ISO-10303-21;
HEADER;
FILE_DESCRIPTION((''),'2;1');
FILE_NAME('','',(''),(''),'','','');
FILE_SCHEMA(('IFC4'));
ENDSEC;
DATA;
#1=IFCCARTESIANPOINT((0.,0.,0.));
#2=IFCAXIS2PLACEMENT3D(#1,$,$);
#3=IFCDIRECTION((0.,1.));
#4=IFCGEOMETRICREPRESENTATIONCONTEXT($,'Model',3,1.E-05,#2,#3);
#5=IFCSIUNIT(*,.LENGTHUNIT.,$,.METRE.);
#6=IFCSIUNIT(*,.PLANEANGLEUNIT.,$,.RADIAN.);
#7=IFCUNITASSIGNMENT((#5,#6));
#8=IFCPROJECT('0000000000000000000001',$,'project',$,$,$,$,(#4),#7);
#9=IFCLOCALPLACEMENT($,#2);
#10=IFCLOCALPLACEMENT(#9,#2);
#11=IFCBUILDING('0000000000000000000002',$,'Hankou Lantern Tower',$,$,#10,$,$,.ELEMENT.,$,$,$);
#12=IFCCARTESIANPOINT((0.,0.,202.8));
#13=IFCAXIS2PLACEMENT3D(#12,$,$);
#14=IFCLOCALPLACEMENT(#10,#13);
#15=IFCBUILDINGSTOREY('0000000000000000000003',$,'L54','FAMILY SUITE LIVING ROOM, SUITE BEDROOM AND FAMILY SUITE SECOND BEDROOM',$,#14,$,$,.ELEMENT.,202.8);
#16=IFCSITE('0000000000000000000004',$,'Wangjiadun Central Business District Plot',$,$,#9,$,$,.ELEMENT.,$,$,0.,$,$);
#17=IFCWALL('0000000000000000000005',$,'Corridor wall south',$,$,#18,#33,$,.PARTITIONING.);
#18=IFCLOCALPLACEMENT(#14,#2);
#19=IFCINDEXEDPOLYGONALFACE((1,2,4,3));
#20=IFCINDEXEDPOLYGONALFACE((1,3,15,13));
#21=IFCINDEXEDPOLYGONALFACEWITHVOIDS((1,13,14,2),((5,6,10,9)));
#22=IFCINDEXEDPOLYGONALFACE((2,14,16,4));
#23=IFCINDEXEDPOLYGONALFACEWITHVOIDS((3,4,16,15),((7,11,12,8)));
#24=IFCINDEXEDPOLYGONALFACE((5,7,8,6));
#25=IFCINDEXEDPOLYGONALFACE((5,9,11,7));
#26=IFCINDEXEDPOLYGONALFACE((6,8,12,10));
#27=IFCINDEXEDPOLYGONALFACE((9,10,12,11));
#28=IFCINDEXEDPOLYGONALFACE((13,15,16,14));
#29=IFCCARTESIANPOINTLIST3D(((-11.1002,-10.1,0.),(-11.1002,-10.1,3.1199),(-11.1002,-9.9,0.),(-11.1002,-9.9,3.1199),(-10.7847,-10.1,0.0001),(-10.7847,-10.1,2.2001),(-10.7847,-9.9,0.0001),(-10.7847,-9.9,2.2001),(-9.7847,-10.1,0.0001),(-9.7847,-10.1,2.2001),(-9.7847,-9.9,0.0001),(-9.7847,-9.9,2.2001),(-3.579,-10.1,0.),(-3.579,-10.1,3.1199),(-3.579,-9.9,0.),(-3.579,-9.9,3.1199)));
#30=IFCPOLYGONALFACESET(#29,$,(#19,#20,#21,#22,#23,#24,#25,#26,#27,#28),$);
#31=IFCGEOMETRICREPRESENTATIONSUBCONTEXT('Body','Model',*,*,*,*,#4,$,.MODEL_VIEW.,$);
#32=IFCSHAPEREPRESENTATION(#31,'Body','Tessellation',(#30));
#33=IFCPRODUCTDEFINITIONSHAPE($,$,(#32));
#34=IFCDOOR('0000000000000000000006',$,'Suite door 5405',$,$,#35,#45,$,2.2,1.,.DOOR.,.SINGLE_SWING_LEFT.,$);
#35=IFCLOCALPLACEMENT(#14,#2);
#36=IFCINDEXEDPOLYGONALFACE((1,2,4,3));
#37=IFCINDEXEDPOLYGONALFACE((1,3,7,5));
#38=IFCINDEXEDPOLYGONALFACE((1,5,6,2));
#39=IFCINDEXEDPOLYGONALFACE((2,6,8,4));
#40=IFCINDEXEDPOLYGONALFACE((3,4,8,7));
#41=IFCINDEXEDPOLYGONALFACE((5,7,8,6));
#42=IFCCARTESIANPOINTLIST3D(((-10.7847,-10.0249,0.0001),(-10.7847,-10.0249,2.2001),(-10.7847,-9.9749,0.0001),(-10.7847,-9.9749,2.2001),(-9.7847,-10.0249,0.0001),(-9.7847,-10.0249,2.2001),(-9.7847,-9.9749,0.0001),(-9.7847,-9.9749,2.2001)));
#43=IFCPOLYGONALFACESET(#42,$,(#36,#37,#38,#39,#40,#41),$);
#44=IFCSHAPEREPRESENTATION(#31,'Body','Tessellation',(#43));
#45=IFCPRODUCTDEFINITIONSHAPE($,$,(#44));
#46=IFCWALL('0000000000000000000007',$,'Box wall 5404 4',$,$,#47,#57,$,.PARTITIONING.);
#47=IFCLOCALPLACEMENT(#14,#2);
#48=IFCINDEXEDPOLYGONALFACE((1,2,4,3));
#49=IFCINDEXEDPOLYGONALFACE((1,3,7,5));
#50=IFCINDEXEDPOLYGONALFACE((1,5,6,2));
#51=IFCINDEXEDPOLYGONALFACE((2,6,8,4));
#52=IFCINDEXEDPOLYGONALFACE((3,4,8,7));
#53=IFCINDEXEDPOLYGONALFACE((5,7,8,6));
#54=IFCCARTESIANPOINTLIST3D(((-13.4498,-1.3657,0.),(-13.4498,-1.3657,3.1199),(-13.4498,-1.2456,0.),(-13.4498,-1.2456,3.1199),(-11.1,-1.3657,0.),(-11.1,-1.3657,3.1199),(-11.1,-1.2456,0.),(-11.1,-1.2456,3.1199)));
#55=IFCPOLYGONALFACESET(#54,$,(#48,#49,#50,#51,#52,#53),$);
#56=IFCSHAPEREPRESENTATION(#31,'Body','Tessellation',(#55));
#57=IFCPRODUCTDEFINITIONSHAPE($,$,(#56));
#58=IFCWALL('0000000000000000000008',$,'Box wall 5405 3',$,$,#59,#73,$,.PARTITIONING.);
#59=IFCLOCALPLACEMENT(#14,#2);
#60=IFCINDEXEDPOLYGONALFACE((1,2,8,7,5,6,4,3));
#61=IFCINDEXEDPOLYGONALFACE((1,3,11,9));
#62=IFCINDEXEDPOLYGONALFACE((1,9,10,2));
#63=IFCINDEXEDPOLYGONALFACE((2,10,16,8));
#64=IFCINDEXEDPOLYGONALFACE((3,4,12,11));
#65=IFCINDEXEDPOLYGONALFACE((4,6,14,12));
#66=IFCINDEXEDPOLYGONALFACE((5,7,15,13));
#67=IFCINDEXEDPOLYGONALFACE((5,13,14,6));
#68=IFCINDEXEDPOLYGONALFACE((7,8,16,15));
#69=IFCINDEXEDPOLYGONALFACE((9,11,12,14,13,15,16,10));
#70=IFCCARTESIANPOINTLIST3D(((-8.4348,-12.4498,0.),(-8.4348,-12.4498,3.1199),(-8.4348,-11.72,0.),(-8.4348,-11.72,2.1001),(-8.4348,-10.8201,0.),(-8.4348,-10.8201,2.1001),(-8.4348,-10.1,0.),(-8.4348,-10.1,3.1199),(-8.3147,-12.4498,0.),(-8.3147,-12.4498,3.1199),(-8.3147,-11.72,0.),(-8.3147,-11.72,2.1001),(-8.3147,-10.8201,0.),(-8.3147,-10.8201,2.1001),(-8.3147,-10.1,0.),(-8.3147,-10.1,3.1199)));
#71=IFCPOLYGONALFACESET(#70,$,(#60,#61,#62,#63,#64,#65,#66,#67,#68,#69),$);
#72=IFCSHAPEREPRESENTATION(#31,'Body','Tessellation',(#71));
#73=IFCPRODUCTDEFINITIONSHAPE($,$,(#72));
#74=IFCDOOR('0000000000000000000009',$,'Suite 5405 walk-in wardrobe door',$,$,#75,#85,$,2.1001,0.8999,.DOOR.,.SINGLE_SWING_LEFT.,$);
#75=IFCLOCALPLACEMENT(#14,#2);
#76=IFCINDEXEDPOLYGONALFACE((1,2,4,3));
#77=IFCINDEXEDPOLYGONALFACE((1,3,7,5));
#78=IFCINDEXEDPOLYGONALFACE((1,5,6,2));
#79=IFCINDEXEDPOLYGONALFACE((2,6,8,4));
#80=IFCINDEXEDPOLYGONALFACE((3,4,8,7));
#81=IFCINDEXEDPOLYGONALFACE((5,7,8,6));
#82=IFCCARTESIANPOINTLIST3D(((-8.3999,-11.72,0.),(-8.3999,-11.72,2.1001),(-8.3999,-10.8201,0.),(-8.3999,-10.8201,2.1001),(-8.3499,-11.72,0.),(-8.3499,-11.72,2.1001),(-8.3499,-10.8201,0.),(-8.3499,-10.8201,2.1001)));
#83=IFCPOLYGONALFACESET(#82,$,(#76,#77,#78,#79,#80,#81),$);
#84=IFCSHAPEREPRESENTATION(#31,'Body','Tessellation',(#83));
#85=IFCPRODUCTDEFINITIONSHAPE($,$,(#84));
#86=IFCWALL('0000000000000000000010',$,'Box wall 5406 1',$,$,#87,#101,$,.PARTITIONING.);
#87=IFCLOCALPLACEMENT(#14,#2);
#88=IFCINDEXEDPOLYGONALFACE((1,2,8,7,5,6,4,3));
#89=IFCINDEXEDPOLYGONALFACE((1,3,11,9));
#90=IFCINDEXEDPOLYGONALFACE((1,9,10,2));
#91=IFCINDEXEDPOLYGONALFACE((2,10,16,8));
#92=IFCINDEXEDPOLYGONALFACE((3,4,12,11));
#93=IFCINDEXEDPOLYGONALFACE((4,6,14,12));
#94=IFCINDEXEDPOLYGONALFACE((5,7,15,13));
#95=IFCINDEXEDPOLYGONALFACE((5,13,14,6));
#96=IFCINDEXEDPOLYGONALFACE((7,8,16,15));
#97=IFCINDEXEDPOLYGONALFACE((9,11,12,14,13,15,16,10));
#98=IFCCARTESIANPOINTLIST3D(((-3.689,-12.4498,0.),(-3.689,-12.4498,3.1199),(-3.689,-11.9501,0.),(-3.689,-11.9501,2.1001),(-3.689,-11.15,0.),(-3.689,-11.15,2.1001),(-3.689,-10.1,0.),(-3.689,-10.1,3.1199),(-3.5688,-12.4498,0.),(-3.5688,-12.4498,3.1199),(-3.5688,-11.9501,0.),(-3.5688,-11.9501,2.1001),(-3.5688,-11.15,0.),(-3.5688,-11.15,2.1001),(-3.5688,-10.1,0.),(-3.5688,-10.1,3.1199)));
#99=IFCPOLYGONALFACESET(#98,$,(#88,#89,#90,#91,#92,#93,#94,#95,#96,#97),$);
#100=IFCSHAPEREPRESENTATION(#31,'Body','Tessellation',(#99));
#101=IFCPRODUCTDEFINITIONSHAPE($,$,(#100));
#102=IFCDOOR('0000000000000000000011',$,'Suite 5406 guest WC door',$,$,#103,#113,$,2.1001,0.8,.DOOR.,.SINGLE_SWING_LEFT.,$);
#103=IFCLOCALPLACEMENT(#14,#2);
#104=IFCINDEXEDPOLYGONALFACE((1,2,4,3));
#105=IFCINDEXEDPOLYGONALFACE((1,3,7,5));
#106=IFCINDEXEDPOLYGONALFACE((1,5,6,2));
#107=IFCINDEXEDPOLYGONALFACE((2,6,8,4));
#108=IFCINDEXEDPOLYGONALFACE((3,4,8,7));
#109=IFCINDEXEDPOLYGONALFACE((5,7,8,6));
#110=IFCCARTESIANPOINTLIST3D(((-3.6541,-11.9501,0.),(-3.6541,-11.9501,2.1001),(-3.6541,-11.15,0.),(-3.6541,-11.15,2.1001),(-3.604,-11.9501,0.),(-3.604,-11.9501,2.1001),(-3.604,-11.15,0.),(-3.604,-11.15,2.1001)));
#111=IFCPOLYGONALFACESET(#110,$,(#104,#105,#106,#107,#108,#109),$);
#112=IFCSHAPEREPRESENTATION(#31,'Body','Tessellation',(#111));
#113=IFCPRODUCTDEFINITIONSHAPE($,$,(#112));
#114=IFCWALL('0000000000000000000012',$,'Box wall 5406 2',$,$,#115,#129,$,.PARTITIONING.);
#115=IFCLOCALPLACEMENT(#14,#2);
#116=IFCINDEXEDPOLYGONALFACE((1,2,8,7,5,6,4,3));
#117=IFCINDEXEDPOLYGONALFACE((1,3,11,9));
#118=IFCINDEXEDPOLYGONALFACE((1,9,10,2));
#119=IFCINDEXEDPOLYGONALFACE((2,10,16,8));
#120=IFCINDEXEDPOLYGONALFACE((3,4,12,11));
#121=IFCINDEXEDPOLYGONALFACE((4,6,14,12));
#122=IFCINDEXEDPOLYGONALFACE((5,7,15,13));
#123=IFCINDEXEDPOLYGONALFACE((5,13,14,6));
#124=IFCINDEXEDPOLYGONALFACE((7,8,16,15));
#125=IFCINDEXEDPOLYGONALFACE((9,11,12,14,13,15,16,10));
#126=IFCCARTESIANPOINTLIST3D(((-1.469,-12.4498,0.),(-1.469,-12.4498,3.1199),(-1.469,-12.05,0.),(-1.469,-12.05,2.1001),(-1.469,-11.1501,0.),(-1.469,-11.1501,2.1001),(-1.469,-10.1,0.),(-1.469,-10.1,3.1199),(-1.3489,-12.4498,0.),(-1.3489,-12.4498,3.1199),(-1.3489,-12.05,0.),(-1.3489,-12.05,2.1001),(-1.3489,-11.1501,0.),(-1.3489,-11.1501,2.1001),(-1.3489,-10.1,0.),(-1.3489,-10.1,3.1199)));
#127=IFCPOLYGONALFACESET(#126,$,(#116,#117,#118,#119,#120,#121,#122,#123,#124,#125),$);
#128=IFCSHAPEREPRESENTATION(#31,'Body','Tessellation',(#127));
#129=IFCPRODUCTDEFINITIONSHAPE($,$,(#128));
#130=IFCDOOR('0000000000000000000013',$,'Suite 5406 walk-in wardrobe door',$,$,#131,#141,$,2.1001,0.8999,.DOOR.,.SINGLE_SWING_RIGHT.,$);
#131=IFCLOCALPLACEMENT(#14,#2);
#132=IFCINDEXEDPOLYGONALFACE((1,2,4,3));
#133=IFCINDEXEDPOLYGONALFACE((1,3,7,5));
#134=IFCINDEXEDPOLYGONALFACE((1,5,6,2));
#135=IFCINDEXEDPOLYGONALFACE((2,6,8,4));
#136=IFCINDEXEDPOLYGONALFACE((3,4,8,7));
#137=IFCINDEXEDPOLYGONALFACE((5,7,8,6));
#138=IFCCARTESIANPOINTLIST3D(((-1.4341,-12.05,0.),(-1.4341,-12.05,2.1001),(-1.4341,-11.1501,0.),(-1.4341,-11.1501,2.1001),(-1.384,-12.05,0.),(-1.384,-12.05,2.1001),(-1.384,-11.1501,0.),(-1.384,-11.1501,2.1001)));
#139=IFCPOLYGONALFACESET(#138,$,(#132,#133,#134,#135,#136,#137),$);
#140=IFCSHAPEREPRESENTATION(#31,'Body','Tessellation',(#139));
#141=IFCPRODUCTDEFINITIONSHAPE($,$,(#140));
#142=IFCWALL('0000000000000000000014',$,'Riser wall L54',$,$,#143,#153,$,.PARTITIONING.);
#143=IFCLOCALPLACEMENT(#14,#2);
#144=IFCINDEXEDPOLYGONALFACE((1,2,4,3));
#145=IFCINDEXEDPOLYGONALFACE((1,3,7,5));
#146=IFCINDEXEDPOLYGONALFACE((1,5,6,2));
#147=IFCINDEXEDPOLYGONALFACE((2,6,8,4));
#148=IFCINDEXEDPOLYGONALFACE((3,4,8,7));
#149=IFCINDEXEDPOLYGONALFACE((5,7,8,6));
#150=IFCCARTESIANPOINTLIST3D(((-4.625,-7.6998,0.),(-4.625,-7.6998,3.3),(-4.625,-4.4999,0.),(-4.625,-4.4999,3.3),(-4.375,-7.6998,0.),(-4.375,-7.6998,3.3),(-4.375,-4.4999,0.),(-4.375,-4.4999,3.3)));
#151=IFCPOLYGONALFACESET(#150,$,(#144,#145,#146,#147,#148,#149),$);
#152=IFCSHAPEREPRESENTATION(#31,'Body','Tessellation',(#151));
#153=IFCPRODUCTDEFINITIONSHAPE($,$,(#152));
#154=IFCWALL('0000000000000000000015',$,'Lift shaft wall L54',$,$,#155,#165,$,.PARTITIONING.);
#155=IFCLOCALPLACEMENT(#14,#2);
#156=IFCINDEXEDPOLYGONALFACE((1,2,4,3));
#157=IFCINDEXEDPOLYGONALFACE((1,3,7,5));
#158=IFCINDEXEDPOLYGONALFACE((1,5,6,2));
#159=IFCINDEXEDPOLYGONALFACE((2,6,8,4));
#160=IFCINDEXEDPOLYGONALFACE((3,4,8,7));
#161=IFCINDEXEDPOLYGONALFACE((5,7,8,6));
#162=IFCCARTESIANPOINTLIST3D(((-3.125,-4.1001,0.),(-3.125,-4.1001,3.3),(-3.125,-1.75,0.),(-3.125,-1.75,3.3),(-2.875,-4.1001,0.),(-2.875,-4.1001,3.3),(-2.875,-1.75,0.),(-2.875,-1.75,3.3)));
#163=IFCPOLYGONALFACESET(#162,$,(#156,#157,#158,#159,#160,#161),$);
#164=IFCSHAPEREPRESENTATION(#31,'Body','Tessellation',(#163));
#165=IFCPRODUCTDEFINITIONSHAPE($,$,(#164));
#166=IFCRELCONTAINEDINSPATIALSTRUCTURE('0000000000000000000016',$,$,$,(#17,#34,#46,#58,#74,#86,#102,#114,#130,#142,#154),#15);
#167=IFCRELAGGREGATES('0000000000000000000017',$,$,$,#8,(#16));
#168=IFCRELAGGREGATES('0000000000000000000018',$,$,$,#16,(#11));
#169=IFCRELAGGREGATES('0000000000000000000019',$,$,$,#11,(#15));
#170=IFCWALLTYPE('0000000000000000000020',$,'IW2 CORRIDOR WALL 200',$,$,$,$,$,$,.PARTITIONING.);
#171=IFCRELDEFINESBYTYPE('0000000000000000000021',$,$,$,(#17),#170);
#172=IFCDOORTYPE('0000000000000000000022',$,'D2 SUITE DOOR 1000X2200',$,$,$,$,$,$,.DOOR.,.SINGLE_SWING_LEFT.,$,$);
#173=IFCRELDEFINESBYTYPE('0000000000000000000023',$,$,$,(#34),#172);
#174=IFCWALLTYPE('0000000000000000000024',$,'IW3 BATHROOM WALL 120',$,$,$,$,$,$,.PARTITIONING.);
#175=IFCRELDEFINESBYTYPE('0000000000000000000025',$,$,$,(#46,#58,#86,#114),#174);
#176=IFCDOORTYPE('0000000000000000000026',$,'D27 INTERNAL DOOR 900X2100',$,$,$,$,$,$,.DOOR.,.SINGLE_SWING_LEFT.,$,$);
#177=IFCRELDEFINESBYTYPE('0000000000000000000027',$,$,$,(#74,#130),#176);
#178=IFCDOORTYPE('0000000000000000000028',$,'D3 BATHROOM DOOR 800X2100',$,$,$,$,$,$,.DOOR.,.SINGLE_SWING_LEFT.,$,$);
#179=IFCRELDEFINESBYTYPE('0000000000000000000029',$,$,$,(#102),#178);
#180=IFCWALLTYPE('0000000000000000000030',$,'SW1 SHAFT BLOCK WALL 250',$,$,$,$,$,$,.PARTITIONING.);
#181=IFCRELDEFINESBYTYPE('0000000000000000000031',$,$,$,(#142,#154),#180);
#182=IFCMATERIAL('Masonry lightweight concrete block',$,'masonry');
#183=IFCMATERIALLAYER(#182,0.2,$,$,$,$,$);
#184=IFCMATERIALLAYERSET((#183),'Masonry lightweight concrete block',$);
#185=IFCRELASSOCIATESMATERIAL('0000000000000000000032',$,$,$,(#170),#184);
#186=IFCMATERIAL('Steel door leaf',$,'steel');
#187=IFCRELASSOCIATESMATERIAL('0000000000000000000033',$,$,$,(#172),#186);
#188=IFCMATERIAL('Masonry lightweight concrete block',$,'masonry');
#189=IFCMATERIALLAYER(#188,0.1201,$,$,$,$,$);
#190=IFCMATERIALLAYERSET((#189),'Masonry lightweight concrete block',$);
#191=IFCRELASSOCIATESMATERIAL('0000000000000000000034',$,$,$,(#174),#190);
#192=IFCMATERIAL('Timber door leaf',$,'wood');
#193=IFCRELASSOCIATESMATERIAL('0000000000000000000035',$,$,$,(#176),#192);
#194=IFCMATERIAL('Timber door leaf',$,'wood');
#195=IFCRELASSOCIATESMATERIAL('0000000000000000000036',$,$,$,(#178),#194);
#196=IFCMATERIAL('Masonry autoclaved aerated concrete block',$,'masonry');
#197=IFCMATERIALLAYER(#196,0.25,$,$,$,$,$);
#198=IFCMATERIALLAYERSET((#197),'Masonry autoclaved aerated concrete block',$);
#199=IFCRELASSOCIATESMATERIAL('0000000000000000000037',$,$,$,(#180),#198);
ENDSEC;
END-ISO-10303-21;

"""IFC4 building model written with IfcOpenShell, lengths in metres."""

from ifc_helpers import new_model, si_unit, direction, frame, frame_2d, origin, place, context, subcontext, project, spatial, rectangle, extrude, material, layer, layer_set, type_object, element, fill, save


model = new_model("IFC4")

# Units and contexts
model_context = context("Model", 3, precision=1e-05, world=origin(), true_north=direction((0.0, 1.0)))
body_context = subcontext(model_context, "Body", "Model", "MODEL_VIEW")
ifc_project = project(units=[si_unit("LENGTHUNIT", "METRE"), si_unit("PLANEANGLEUNIT", "RADIAN")], contexts=[model_context])

# Site, building, storey
site_placement = place(None, origin())
site = spatial("IfcSite", under=ifc_project, at=site_placement, Name="Wangjiadun Central Business District Plot", CompositionType="ELEMENT", RefElevation=0.0)
building_placement = place(site_placement, origin())
building = spatial("IfcBuilding", under=site, at=building_placement, Name="Hankou Lantern Tower", CompositionType="ELEMENT")
storey_placement = place(building_placement, frame((0.0, 0.0, 202.8)))
storey = spatial("IfcBuildingStorey", under=building, at=storey_placement, Name="L54", Description="FAMILY SUITE LIVING ROOM, SUITE BEDROOM AND FAMILY SUITE SECOND BEDROOM", CompositionType="ELEMENT", Elevation=202.8)

# Wall, opening, door
ifc_material_1 = material(Name="Masonry lightweight concrete block", Category="masonry")
ifc_layer_1 = layer(ifc_material_1, 0.2)
ifc_layer_set_1 = layer_set([ifc_layer_1], Name="Masonry lightweight concrete block")
wall_type_1 = type_object("IfcWallType", Name="IW2 CORRIDOR WALL 200", PredefinedType="PARTITIONING", material=ifc_layer_set_1)
wall_1_placement = place(storey_placement, frame((-3.5789, -10.0, 0.0), z_axis=(0.0, 0.0, 1.0), x_axis=(-1.0, 0.0, 0.0)))
wall_1 = element("IfcWall", 1, at=wall_1_placement, inside=storey, type_object=wall_type_1, Name="Corridor wall south", PredefinedType="PARTITIONING", context=body_context, shape_type="SweptSolid", body=[
    extrude(rectangle(XDim=7.5212, YDim=0.2, at=frame_2d((3.7607, 0.0))), origin(), (0.0, 0.0, 1.0), 3.1199),
])
opening_1_placement = place(wall_1_placement, frame((6.2058, 0.0, 0.0)))
opening_1 = element("IfcOpeningElement", 2, at=opening_1_placement, cuts=wall_1, PredefinedType="OPENING", context=body_context, shape_type="SweptSolid", body=[
    extrude(rectangle(XDim=1.0, YDim=2.2, at=frame_2d((0.5, 1.1001))), frame((0.0, 0.1099, 0.0), z_axis=(0.0, -1.0, 0.0), x_axis=(1.0, 0.0, 0.0)), (0.0, 0.0, 1.0), 0.22),
])
ifc_material_2 = material(Name="Steel door leaf", Category="steel")
door_type_1 = type_object("IfcDoorType", Name="D2 SUITE DOOR 1000X2200", OperationType="SINGLE_SWING_LEFT", PredefinedType="DOOR", material=ifc_material_2)
door_1_placement = place(opening_1_placement, origin())
door_1 = element("IfcDoor", 3, at=door_1_placement, inside=storey, type_object=door_type_1, Name="Suite door 5405", OperationType="SINGLE_SWING_LEFT", OverallHeight=2.2, OverallWidth=1.0, PredefinedType="DOOR", context=body_context, shape_type="SweptSolid", body=[
    extrude(rectangle(XDim=1.0, YDim=2.2, at=frame_2d((0.5, 1.1001))), frame((0.0, 0.0249, 0.0), z_axis=(0.0, -1.0, 0.0), x_axis=(1.0, 0.0, 0.0)), (0.0, 0.0, 1.0), 0.05),
])
fill(opening_1, door_1)

# Wall
ifc_material_3 = material(Name="Masonry lightweight concrete block", Category="masonry")
ifc_layer_2 = layer(ifc_material_3, 0.1201)
ifc_layer_set_2 = layer_set([ifc_layer_2], Name="Masonry lightweight concrete block")
wall_type_2 = type_object("IfcWallType", Name="IW3 BATHROOM WALL 120", PredefinedType="PARTITIONING", material=ifc_layer_set_2)
wall_2_placement = place(storey_placement, frame((-11.1001, -1.3057, 0.0), z_axis=(0.0, 0.0, 1.0), x_axis=(-1.0, 0.0, 0.0)))
element("IfcWall", 4, at=wall_2_placement, inside=storey, type_object=wall_type_2, Name="Box wall 5404 4", PredefinedType="PARTITIONING", context=body_context, shape_type="SweptSolid", body=[
    extrude(rectangle(XDim=2.3499, YDim=0.1201, at=frame_2d((1.1748, 0.0))), origin(), (0.0, 0.0, 1.0), 3.1199),
])

# Walls, openings, doors
wall_3_placement = place(storey_placement, frame((-8.3748, -10.1001, 0.0), z_axis=(0.0, 0.0, 1.0), x_axis=(0.0, -1.0, 0.0)))
wall_3 = element("IfcWall", 5, at=wall_3_placement, inside=storey, type_object=wall_type_2, Name="Box wall 5405 3", PredefinedType="PARTITIONING", context=body_context, shape_type="SweptSolid", body=[
    extrude(rectangle(XDim=2.3499, YDim=0.1201, at=frame_2d((1.1748, 0.0))), origin(), (0.0, 0.0, 1.0), 3.1199),
])
opening_2_placement = place(wall_3_placement, frame((0.72, 0.0, 0.0)))
opening_2 = element("IfcOpeningElement", 6, at=opening_2_placement, cuts=wall_3, PredefinedType="OPENING", context=body_context, shape_type="SweptSolid", body=[
    extrude(rectangle(XDim=0.8999, YDim=2.1001, at=frame_2d((0.45, 1.05))), frame((0.0, 0.0701, 0.0), z_axis=(0.0, -1.0, 0.0), x_axis=(1.0, 0.0, 0.0)), (0.0, 0.0, 1.0), 0.1401),
])
ifc_material_4 = material(Name="Timber door leaf", Category="wood")
door_type_2 = type_object("IfcDoorType", Name="D27 INTERNAL DOOR 900X2100", OperationType="SINGLE_SWING_LEFT", PredefinedType="DOOR", material=ifc_material_4)
door_2_placement = place(opening_2_placement, origin())
door_2 = element("IfcDoor", 7, at=door_2_placement, inside=storey, type_object=door_type_2, Name="Suite 5405 walk-in wardrobe door", OperationType="SINGLE_SWING_LEFT", OverallHeight=2.1001, OverallWidth=0.8999, PredefinedType="DOOR", context=body_context, shape_type="SweptSolid", body=[
    extrude(rectangle(XDim=0.8999, YDim=2.1001, at=frame_2d((0.45, 1.05))), frame((0.0, 0.0249, 0.0), z_axis=(0.0, -1.0, 0.0), x_axis=(1.0, 0.0, 0.0)), (0.0, 0.0, 1.0), 0.05),
])
fill(opening_2, door_2)
wall_4_placement = place(storey_placement, frame((-3.6289, -10.1001, 0.0), z_axis=(0.0, 0.0, 1.0), x_axis=(0.0, -1.0, 0.0)))
wall_4 = element("IfcWall", 8, at=wall_4_placement, inside=storey, type_object=wall_type_2, Name="Box wall 5406 1", PredefinedType="PARTITIONING", context=body_context, shape_type="SweptSolid", body=[
    extrude(rectangle(XDim=2.3499, YDim=0.1201, at=frame_2d((1.1748, 0.0))), origin(), (0.0, 0.0, 1.0), 3.1199),
])
opening_3_placement = place(wall_4_placement, frame((1.05, 0.0, 0.0)))
opening_3 = element("IfcOpeningElement", 9, at=opening_3_placement, cuts=wall_4, PredefinedType="OPENING", context=body_context, shape_type="SweptSolid", body=[
    extrude(rectangle(XDim=0.8, YDim=2.1001, at=frame_2d((0.3999, 1.05))), frame((0.0, 0.0701, 0.0), z_axis=(0.0, -1.0, 0.0), x_axis=(1.0, 0.0, 0.0)), (0.0, 0.0, 1.0), 0.1401),
])
ifc_material_5 = material(Name="Timber door leaf", Category="wood")
door_type_3 = type_object("IfcDoorType", Name="D3 BATHROOM DOOR 800X2100", OperationType="SINGLE_SWING_LEFT", PredefinedType="DOOR", material=ifc_material_5)
door_3_placement = place(opening_3_placement, origin())
door_3 = element("IfcDoor", 10, at=door_3_placement, inside=storey, type_object=door_type_3, Name="Suite 5406 guest WC door", OperationType="SINGLE_SWING_LEFT", OverallHeight=2.1001, OverallWidth=0.8, PredefinedType="DOOR", context=body_context, shape_type="SweptSolid", body=[
    extrude(rectangle(XDim=0.8, YDim=2.1001, at=frame_2d((0.3999, 1.05))), frame((0.0, 0.0249, 0.0), z_axis=(0.0, -1.0, 0.0), x_axis=(1.0, 0.0, 0.0)), (0.0, 0.0, 1.0), 0.05),
])
fill(opening_3, door_3)
wall_5_placement = place(storey_placement, frame((-1.4089, -10.1001, 0.0), z_axis=(0.0, 0.0, 1.0), x_axis=(0.0, -1.0, 0.0)))
wall_5 = element("IfcWall", 11, at=wall_5_placement, inside=storey, type_object=wall_type_2, Name="Box wall 5406 2", PredefinedType="PARTITIONING", context=body_context, shape_type="SweptSolid", body=[
    extrude(rectangle(XDim=2.3499, YDim=0.1201, at=frame_2d((1.1748, 0.0))), origin(), (0.0, 0.0, 1.0), 3.1199),
])
opening_4_placement = place(wall_5_placement, frame((1.05, 0.0, 0.0)))
opening_4 = element("IfcOpeningElement", 12, at=opening_4_placement, cuts=wall_5, PredefinedType="OPENING", context=body_context, shape_type="SweptSolid", body=[
    extrude(rectangle(XDim=0.8999, YDim=2.1001, at=frame_2d((0.45, 1.05))), frame((0.0, 0.0701, 0.0), z_axis=(0.0, -1.0, 0.0), x_axis=(1.0, 0.0, 0.0)), (0.0, 0.0, 1.0), 0.1401),
])
door_4_placement = place(opening_4_placement, origin())
door_4 = element("IfcDoor", 13, at=door_4_placement, inside=storey, type_object=door_type_2, Name="Suite 5406 walk-in wardrobe door", OperationType="SINGLE_SWING_RIGHT", OverallHeight=2.1001, OverallWidth=0.8999, PredefinedType="DOOR", context=body_context, shape_type="SweptSolid", body=[
    extrude(rectangle(XDim=0.8999, YDim=2.1001, at=frame_2d((0.45, 1.05))), frame((0.0, 0.0249, 0.0), z_axis=(0.0, -1.0, 0.0), x_axis=(1.0, 0.0, 0.0)), (0.0, 0.0, 1.0), 0.05),
])
fill(opening_4, door_4)

# Walls
ifc_material_6 = material(Name="Masonry autoclaved aerated concrete block", Category="masonry")
ifc_layer_3 = layer(ifc_material_6, 0.25)
ifc_layer_set_3 = layer_set([ifc_layer_3], Name="Masonry autoclaved aerated concrete block")
wall_type_3 = type_object("IfcWallType", Name="SW1 SHAFT BLOCK WALL 250", PredefinedType="PARTITIONING", material=ifc_layer_set_3)
wall_6_placement = place(storey_placement, frame((-4.5, -7.7, 0.0), z_axis=(0.0, 0.0, 1.0), x_axis=(0.0, 1.0, 0.0)))
element("IfcWall", 14, at=wall_6_placement, inside=storey, type_object=wall_type_3, Name="Riser wall L54", PredefinedType="PARTITIONING", context=body_context, shape_type="SweptSolid", body=[
    extrude(rectangle(XDim=3.2, YDim=0.25, at=frame_2d((1.6001, 0.0))), origin(), (0.0, 0.0, 1.0), 3.3),
])
for number, where, z_axis, x_axis, name in (
    (15, (-3.0, -4.1001, 0.0), (0.0, 0.0, 1.0), (0.0, 1.0, 0.0), "Lift shaft wall L54"),
):
    element("IfcWall", number, at=place(storey_placement, frame(where, z_axis=z_axis, x_axis=x_axis)), inside=storey, type_object=wall_type_3, Name=name, PredefinedType="PARTITIONING", context=body_context, shape_type="SweptSolid", body=[
        extrude(rectangle(XDim=2.3501, YDim=0.25, at=frame_2d((1.175, 0.0))), origin(), (0.0, 0.0, 1.0), 3.3),
    ])

save(model, "model.ifc")
